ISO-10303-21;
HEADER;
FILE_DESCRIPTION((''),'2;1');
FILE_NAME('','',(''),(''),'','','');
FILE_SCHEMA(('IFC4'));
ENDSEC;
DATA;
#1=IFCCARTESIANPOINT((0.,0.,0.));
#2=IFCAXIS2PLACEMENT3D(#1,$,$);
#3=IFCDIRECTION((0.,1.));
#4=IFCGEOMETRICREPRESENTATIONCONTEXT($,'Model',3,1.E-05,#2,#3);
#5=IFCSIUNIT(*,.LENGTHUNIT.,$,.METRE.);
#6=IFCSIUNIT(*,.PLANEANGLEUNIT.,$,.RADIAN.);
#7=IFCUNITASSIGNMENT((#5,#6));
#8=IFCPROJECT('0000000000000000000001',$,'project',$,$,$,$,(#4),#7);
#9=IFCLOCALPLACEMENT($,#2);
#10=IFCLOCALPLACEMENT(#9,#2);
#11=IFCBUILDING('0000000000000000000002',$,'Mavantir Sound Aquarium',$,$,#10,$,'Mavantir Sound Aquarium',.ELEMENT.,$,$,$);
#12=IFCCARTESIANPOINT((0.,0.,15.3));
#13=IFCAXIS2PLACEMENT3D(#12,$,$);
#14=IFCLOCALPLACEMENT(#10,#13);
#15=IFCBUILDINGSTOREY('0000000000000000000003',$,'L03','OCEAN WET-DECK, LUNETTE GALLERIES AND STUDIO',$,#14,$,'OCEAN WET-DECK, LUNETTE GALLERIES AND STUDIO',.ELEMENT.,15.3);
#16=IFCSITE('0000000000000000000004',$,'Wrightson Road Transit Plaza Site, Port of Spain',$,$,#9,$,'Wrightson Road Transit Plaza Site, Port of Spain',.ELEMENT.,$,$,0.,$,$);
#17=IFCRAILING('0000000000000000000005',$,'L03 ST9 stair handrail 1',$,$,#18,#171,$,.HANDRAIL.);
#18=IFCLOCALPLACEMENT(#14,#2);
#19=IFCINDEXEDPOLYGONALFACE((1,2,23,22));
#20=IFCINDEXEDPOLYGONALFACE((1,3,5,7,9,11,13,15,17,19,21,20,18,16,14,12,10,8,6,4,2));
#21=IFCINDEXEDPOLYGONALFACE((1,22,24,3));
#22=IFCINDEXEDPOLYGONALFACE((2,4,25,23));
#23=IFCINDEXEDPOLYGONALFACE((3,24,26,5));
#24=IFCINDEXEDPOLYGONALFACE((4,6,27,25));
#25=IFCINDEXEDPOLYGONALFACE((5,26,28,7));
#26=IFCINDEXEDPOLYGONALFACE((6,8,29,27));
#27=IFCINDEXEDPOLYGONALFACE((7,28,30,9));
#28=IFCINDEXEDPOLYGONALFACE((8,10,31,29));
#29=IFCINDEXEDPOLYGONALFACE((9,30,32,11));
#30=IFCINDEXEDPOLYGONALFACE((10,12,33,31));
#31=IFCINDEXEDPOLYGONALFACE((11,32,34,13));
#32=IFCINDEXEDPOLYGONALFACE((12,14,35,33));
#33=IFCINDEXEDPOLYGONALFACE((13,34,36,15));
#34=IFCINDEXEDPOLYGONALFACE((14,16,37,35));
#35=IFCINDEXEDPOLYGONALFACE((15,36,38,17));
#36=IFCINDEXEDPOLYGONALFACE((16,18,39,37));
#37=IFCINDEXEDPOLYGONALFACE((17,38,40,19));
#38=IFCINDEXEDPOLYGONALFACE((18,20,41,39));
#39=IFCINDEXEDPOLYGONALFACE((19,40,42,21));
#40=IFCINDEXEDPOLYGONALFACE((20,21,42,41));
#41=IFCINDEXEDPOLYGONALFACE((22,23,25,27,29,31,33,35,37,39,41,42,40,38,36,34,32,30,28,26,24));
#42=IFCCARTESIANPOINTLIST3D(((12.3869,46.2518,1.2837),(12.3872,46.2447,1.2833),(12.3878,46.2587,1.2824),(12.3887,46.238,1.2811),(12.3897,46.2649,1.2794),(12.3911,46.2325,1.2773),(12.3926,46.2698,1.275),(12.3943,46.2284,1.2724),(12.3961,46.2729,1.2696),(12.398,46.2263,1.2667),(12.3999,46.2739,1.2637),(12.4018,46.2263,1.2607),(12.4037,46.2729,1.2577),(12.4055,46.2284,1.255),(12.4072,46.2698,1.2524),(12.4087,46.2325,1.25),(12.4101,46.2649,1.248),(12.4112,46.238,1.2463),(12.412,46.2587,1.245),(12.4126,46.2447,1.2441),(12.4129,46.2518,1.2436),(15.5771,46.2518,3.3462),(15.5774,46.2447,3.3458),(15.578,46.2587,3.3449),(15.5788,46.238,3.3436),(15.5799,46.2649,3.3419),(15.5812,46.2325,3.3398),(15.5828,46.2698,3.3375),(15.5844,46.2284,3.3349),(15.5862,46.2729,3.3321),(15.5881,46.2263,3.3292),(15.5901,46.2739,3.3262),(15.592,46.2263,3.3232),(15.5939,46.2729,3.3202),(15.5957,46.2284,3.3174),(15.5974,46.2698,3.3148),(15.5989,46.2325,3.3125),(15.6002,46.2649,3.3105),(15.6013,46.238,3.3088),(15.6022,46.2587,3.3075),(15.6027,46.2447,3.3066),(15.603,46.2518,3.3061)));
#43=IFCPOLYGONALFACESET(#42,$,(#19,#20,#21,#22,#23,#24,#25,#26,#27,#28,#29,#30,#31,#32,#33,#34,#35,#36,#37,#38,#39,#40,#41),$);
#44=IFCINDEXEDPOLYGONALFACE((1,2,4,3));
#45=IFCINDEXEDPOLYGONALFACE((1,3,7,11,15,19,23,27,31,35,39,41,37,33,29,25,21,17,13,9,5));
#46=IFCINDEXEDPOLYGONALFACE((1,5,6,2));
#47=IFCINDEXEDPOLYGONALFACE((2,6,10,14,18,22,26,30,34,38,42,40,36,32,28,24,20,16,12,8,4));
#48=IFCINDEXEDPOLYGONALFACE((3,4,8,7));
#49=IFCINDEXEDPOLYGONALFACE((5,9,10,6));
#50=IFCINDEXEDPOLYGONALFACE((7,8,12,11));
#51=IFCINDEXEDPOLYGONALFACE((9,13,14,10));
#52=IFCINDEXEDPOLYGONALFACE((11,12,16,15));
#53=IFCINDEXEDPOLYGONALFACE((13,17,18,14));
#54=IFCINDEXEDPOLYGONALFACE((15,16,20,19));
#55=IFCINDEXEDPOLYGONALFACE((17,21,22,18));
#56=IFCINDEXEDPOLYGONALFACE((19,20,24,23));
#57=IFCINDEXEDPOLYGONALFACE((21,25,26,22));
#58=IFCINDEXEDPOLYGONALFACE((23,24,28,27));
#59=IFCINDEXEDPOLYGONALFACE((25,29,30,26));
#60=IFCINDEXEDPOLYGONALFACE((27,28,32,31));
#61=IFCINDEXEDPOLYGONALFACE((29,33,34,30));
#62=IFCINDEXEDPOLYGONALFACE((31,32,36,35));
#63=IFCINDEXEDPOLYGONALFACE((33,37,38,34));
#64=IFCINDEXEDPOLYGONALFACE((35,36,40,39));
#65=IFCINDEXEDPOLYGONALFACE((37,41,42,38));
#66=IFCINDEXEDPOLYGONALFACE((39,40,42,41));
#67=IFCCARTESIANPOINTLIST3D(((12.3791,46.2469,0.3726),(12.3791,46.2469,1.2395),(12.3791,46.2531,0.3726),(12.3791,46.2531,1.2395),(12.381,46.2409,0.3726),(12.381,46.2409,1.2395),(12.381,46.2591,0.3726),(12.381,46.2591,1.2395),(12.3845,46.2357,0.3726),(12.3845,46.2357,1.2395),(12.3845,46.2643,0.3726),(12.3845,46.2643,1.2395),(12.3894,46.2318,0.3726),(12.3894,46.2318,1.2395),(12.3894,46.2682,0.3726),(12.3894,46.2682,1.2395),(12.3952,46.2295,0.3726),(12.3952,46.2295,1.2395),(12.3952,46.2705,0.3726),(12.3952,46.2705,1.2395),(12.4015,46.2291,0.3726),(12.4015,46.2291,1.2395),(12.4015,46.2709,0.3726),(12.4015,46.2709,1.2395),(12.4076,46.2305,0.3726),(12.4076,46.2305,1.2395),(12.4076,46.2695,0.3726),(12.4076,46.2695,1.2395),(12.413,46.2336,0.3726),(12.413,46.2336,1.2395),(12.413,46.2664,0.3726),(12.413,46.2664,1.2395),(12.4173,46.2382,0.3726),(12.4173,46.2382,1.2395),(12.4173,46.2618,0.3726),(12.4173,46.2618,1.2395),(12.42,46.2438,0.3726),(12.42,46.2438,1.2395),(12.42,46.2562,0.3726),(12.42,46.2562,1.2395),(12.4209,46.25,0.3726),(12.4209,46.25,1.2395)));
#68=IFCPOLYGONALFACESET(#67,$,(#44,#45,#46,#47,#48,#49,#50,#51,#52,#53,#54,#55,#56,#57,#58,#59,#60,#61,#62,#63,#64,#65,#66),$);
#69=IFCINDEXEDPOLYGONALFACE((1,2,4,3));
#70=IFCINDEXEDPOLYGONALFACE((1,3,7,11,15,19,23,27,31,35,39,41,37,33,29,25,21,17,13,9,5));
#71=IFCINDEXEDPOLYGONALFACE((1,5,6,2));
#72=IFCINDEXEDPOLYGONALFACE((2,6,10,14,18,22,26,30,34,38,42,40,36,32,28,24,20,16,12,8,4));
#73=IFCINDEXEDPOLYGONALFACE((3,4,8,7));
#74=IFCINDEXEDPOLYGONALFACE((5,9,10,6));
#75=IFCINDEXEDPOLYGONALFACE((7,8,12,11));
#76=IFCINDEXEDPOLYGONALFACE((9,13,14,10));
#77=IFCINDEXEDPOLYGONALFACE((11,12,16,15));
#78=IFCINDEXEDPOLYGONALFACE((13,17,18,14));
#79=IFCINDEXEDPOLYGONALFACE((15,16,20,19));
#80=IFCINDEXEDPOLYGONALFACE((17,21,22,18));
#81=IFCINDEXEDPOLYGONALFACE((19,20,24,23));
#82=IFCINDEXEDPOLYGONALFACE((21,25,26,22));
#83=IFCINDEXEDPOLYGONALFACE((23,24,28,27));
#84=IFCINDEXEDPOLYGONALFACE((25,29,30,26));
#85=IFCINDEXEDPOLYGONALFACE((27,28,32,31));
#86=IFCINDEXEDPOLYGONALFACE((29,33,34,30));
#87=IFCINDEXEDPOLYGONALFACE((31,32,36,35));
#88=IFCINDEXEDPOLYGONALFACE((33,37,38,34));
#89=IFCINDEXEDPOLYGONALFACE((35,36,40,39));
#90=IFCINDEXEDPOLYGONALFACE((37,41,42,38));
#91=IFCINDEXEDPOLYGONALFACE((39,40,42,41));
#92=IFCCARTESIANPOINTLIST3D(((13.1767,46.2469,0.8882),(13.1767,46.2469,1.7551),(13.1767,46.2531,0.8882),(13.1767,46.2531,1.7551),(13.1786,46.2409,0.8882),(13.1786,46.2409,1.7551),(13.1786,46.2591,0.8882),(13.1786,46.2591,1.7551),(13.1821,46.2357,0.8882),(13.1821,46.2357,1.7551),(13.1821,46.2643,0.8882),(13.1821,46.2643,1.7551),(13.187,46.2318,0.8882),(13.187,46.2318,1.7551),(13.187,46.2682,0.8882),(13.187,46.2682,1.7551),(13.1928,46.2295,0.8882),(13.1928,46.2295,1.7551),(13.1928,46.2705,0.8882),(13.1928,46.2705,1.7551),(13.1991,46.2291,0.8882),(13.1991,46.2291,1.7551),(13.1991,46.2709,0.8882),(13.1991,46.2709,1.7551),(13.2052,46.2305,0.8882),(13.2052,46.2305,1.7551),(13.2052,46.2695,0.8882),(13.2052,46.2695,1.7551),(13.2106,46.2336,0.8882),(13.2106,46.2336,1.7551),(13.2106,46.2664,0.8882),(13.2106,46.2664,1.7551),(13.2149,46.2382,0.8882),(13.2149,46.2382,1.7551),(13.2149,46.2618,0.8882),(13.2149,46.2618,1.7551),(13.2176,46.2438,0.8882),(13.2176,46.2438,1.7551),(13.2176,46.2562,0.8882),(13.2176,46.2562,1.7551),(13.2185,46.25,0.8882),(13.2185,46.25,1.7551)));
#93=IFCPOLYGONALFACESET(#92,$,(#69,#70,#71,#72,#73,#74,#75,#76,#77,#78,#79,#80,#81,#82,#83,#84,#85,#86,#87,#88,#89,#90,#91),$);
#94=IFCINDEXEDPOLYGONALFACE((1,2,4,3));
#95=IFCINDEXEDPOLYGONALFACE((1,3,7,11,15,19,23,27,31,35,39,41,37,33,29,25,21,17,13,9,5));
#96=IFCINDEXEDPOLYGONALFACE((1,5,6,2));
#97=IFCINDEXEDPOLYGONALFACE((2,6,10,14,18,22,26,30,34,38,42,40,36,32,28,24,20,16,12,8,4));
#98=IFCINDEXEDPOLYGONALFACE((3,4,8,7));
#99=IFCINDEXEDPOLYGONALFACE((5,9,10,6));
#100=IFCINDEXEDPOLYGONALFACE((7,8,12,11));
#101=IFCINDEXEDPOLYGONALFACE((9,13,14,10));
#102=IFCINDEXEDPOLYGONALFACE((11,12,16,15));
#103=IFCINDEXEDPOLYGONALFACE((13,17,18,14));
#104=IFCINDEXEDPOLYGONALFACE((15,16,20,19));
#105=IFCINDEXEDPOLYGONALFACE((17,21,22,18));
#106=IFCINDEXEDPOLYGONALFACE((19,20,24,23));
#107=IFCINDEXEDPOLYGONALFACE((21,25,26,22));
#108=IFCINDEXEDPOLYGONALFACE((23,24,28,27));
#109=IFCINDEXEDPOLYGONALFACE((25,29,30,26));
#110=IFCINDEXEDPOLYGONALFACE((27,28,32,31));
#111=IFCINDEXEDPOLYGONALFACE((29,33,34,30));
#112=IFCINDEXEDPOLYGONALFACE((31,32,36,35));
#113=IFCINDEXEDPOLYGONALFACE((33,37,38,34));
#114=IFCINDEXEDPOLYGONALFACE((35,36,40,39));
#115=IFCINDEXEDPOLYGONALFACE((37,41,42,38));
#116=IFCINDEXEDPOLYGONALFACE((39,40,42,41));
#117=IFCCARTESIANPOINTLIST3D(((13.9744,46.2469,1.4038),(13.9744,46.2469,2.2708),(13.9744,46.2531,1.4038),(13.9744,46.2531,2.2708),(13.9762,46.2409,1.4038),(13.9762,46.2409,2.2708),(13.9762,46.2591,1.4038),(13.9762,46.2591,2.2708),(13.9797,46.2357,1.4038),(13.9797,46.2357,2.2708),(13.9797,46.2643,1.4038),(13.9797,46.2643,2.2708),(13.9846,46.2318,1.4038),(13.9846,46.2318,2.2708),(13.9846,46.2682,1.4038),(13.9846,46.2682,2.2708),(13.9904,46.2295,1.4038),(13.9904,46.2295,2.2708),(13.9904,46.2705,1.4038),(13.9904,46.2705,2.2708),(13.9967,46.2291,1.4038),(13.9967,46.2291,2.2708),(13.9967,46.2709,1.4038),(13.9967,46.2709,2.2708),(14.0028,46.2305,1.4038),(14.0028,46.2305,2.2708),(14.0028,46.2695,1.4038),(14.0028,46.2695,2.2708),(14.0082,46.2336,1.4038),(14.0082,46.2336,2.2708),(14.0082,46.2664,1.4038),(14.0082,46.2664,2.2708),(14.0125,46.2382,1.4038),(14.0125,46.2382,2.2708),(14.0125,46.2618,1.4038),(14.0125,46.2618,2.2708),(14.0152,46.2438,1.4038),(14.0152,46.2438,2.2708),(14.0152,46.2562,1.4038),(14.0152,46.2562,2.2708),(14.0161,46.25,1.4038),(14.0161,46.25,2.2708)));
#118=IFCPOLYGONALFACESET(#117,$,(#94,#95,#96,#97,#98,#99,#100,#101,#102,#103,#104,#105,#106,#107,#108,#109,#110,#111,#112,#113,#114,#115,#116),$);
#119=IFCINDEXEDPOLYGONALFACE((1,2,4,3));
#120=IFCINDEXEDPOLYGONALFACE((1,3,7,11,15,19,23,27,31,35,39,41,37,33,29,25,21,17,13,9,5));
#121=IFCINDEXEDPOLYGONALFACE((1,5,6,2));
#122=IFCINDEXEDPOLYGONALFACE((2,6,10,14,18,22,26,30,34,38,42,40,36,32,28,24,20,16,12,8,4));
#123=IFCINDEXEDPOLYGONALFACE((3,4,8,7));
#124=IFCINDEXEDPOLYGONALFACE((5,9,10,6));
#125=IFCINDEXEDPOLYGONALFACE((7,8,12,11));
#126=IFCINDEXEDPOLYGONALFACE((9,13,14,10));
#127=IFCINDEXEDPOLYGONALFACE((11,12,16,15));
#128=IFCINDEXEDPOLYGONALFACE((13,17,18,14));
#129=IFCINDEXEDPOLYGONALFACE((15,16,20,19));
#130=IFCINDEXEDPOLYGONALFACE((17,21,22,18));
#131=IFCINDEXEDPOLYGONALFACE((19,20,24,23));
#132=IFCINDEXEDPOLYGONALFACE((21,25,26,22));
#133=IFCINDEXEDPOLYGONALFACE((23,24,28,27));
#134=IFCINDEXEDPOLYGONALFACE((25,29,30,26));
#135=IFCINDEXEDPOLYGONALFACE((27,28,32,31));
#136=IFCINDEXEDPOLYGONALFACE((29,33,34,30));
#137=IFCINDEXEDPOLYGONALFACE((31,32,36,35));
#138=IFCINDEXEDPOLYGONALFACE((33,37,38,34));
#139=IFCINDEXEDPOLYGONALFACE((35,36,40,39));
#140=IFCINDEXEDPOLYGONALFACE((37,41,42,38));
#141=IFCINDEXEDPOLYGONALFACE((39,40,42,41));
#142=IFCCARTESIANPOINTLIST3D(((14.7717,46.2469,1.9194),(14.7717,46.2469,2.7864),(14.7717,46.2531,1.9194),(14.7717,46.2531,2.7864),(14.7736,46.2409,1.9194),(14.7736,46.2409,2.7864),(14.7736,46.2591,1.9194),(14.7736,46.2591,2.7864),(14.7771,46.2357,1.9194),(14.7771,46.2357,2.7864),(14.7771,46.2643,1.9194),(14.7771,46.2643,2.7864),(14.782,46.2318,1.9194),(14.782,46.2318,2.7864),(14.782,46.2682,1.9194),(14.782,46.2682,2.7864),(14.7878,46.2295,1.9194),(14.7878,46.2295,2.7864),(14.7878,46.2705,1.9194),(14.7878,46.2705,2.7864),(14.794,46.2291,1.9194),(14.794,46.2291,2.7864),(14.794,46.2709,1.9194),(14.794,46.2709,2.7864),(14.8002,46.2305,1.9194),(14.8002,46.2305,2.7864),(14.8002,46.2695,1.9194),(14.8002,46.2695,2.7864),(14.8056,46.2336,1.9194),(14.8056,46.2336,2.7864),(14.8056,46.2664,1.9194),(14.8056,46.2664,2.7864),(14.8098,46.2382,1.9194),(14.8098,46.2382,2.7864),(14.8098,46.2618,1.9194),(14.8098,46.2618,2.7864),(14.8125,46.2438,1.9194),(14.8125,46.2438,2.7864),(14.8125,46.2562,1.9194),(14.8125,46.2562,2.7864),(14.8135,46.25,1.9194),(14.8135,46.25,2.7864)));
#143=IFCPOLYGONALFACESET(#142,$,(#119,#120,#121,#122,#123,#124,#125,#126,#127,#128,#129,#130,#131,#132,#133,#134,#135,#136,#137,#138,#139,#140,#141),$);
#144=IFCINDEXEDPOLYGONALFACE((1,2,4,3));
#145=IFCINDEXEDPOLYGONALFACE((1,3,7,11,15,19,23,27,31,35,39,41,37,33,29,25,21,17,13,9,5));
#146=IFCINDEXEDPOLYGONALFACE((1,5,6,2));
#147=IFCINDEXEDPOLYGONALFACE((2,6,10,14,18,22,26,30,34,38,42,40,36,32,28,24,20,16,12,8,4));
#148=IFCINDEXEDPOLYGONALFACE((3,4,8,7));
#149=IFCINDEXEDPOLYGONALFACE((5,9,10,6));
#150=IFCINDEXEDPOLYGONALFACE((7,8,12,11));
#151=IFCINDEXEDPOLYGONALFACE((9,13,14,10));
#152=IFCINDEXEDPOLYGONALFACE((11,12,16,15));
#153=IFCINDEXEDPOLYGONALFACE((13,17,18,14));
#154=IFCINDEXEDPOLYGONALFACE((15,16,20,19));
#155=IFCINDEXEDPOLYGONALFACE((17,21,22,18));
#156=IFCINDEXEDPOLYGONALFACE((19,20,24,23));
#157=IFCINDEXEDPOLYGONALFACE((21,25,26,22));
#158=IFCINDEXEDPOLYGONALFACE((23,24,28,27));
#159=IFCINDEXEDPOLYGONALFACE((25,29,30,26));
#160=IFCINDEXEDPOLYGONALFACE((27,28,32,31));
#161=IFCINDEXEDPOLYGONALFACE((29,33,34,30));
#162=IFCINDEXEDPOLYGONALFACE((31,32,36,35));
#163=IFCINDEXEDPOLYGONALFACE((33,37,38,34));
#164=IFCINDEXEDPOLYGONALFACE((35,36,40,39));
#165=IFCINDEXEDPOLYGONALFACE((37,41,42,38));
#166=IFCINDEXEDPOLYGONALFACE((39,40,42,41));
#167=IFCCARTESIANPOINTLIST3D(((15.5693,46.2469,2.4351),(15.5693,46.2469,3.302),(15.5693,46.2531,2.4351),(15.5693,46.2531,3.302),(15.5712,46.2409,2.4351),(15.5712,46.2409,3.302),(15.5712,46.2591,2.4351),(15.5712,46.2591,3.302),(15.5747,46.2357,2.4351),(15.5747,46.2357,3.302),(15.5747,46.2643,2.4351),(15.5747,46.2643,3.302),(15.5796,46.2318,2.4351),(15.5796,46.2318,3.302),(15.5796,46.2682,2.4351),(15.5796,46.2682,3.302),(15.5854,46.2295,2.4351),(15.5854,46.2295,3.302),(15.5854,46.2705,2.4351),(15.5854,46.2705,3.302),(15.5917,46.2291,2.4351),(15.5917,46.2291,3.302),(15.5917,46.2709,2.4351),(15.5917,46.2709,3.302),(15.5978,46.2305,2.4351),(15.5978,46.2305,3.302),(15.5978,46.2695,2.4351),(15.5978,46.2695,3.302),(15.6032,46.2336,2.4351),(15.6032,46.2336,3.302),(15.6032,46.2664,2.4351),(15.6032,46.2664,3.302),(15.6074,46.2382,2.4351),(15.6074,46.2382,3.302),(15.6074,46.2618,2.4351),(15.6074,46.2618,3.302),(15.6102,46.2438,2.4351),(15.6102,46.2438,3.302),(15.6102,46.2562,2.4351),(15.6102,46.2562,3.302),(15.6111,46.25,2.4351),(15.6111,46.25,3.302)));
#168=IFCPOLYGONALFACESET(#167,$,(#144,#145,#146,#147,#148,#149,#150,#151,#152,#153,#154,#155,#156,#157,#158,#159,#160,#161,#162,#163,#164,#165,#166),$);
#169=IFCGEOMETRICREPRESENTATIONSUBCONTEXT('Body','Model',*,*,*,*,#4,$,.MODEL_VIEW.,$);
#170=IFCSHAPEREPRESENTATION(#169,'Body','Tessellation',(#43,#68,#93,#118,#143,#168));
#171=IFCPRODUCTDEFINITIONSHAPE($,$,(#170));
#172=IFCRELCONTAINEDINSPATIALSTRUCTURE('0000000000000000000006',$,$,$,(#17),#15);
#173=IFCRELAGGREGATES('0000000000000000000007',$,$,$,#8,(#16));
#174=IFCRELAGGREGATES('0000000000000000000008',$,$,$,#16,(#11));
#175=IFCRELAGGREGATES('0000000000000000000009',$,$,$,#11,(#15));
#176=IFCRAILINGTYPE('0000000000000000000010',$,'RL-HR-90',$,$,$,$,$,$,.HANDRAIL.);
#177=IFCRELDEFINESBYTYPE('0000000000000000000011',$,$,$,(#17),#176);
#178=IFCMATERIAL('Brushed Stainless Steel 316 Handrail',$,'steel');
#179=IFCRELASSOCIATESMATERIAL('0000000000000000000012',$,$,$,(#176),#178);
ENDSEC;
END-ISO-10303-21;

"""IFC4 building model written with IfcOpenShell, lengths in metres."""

from ifc_helpers import new_model, si_unit, direction, frame, origin, origin_2d, place, context, subcontext, project, spatial, circle, extrude, material, type_object, element, save


model = new_model("IFC4")

# Units and contexts
model_context = context("Model", 3, precision=1e-05, world=origin(), true_north=direction((0.0, 1.0)))
body_context = subcontext(model_context, "Body", "Model", "MODEL_VIEW")
ifc_project = project(units=[si_unit("LENGTHUNIT", "METRE"), si_unit("PLANEANGLEUNIT", "RADIAN")], contexts=[model_context])

# Site, building, storey
site_placement = place(None, origin())
site = spatial("IfcSite", under=ifc_project, at=site_placement, Name="Wrightson Road Transit Plaza Site, Port of Spain", LongName="Wrightson Road Transit Plaza Site, Port of Spain", CompositionType="ELEMENT", RefElevation=0.0)
building_placement = place(site_placement, origin())
building = spatial("IfcBuilding", under=site, at=building_placement, Name="Mavantir Sound Aquarium", LongName="Mavantir Sound Aquarium", CompositionType="ELEMENT")
storey_placement = place(building_placement, frame((0.0, 0.0, 15.3)))
storey = spatial("IfcBuildingStorey", under=building, at=storey_placement, Name="L03", Description="OCEAN WET-DECK, LUNETTE GALLERIES AND STUDIO", LongName="OCEAN WET-DECK, LUNETTE GALLERIES AND STUDIO", CompositionType="ELEMENT", Elevation=15.3)

# Railing
ifc_material_1 = material(Name="Brushed Stainless Steel 316 Handrail", Category="steel")
railing_type_1 = type_object("IfcRailingType", Name="RL-HR-90", PredefinedType="HANDRAIL", material=ifc_material_1)
railing_1_placement = place(storey_placement, frame((12.3999, 46.25, 0.3726)))
element("IfcRailing", 1, at=railing_1_placement, inside=storey, type_object=railing_type_1, Name="L03 ST9 stair handrail 1", PredefinedType="HANDRAIL", context=body_context, shape_type="SweptSolid", body=[
    extrude(circle(Radius=0.0239, at=origin_2d()), frame((0.0, 0.0, 0.8911), z_axis=(0.839779, 0.0, 0.542929), x_axis=(0.0, 1.0, 0.0)), (0.0, 0.0, 1.0), 3.7988),
    extrude(circle(Radius=0.021, at=origin_2d()), origin(), (0.0, 0.0, 1.0), 0.8669),
    extrude(circle(Radius=0.021, at=origin_2d()), frame((0.7976, 0.0, 0.5156)), (0.0, 0.0, 1.0), 0.8669),
    extrude(circle(Radius=0.021, at=origin_2d()), frame((1.5952, 0.0, 1.0312)), (0.0, 0.0, 1.0), 0.8669),
    extrude(circle(Radius=0.021, at=origin_2d()), frame((2.3926, 0.0, 1.5469)), (0.0, 0.0, 1.0), 0.8669),
    extrude(circle(Radius=0.021, at=origin_2d()), frame((3.1902, 0.0, 2.0625)), (0.0, 0.0, 1.0), 0.8669),
])

save(model, "model.ifc")
